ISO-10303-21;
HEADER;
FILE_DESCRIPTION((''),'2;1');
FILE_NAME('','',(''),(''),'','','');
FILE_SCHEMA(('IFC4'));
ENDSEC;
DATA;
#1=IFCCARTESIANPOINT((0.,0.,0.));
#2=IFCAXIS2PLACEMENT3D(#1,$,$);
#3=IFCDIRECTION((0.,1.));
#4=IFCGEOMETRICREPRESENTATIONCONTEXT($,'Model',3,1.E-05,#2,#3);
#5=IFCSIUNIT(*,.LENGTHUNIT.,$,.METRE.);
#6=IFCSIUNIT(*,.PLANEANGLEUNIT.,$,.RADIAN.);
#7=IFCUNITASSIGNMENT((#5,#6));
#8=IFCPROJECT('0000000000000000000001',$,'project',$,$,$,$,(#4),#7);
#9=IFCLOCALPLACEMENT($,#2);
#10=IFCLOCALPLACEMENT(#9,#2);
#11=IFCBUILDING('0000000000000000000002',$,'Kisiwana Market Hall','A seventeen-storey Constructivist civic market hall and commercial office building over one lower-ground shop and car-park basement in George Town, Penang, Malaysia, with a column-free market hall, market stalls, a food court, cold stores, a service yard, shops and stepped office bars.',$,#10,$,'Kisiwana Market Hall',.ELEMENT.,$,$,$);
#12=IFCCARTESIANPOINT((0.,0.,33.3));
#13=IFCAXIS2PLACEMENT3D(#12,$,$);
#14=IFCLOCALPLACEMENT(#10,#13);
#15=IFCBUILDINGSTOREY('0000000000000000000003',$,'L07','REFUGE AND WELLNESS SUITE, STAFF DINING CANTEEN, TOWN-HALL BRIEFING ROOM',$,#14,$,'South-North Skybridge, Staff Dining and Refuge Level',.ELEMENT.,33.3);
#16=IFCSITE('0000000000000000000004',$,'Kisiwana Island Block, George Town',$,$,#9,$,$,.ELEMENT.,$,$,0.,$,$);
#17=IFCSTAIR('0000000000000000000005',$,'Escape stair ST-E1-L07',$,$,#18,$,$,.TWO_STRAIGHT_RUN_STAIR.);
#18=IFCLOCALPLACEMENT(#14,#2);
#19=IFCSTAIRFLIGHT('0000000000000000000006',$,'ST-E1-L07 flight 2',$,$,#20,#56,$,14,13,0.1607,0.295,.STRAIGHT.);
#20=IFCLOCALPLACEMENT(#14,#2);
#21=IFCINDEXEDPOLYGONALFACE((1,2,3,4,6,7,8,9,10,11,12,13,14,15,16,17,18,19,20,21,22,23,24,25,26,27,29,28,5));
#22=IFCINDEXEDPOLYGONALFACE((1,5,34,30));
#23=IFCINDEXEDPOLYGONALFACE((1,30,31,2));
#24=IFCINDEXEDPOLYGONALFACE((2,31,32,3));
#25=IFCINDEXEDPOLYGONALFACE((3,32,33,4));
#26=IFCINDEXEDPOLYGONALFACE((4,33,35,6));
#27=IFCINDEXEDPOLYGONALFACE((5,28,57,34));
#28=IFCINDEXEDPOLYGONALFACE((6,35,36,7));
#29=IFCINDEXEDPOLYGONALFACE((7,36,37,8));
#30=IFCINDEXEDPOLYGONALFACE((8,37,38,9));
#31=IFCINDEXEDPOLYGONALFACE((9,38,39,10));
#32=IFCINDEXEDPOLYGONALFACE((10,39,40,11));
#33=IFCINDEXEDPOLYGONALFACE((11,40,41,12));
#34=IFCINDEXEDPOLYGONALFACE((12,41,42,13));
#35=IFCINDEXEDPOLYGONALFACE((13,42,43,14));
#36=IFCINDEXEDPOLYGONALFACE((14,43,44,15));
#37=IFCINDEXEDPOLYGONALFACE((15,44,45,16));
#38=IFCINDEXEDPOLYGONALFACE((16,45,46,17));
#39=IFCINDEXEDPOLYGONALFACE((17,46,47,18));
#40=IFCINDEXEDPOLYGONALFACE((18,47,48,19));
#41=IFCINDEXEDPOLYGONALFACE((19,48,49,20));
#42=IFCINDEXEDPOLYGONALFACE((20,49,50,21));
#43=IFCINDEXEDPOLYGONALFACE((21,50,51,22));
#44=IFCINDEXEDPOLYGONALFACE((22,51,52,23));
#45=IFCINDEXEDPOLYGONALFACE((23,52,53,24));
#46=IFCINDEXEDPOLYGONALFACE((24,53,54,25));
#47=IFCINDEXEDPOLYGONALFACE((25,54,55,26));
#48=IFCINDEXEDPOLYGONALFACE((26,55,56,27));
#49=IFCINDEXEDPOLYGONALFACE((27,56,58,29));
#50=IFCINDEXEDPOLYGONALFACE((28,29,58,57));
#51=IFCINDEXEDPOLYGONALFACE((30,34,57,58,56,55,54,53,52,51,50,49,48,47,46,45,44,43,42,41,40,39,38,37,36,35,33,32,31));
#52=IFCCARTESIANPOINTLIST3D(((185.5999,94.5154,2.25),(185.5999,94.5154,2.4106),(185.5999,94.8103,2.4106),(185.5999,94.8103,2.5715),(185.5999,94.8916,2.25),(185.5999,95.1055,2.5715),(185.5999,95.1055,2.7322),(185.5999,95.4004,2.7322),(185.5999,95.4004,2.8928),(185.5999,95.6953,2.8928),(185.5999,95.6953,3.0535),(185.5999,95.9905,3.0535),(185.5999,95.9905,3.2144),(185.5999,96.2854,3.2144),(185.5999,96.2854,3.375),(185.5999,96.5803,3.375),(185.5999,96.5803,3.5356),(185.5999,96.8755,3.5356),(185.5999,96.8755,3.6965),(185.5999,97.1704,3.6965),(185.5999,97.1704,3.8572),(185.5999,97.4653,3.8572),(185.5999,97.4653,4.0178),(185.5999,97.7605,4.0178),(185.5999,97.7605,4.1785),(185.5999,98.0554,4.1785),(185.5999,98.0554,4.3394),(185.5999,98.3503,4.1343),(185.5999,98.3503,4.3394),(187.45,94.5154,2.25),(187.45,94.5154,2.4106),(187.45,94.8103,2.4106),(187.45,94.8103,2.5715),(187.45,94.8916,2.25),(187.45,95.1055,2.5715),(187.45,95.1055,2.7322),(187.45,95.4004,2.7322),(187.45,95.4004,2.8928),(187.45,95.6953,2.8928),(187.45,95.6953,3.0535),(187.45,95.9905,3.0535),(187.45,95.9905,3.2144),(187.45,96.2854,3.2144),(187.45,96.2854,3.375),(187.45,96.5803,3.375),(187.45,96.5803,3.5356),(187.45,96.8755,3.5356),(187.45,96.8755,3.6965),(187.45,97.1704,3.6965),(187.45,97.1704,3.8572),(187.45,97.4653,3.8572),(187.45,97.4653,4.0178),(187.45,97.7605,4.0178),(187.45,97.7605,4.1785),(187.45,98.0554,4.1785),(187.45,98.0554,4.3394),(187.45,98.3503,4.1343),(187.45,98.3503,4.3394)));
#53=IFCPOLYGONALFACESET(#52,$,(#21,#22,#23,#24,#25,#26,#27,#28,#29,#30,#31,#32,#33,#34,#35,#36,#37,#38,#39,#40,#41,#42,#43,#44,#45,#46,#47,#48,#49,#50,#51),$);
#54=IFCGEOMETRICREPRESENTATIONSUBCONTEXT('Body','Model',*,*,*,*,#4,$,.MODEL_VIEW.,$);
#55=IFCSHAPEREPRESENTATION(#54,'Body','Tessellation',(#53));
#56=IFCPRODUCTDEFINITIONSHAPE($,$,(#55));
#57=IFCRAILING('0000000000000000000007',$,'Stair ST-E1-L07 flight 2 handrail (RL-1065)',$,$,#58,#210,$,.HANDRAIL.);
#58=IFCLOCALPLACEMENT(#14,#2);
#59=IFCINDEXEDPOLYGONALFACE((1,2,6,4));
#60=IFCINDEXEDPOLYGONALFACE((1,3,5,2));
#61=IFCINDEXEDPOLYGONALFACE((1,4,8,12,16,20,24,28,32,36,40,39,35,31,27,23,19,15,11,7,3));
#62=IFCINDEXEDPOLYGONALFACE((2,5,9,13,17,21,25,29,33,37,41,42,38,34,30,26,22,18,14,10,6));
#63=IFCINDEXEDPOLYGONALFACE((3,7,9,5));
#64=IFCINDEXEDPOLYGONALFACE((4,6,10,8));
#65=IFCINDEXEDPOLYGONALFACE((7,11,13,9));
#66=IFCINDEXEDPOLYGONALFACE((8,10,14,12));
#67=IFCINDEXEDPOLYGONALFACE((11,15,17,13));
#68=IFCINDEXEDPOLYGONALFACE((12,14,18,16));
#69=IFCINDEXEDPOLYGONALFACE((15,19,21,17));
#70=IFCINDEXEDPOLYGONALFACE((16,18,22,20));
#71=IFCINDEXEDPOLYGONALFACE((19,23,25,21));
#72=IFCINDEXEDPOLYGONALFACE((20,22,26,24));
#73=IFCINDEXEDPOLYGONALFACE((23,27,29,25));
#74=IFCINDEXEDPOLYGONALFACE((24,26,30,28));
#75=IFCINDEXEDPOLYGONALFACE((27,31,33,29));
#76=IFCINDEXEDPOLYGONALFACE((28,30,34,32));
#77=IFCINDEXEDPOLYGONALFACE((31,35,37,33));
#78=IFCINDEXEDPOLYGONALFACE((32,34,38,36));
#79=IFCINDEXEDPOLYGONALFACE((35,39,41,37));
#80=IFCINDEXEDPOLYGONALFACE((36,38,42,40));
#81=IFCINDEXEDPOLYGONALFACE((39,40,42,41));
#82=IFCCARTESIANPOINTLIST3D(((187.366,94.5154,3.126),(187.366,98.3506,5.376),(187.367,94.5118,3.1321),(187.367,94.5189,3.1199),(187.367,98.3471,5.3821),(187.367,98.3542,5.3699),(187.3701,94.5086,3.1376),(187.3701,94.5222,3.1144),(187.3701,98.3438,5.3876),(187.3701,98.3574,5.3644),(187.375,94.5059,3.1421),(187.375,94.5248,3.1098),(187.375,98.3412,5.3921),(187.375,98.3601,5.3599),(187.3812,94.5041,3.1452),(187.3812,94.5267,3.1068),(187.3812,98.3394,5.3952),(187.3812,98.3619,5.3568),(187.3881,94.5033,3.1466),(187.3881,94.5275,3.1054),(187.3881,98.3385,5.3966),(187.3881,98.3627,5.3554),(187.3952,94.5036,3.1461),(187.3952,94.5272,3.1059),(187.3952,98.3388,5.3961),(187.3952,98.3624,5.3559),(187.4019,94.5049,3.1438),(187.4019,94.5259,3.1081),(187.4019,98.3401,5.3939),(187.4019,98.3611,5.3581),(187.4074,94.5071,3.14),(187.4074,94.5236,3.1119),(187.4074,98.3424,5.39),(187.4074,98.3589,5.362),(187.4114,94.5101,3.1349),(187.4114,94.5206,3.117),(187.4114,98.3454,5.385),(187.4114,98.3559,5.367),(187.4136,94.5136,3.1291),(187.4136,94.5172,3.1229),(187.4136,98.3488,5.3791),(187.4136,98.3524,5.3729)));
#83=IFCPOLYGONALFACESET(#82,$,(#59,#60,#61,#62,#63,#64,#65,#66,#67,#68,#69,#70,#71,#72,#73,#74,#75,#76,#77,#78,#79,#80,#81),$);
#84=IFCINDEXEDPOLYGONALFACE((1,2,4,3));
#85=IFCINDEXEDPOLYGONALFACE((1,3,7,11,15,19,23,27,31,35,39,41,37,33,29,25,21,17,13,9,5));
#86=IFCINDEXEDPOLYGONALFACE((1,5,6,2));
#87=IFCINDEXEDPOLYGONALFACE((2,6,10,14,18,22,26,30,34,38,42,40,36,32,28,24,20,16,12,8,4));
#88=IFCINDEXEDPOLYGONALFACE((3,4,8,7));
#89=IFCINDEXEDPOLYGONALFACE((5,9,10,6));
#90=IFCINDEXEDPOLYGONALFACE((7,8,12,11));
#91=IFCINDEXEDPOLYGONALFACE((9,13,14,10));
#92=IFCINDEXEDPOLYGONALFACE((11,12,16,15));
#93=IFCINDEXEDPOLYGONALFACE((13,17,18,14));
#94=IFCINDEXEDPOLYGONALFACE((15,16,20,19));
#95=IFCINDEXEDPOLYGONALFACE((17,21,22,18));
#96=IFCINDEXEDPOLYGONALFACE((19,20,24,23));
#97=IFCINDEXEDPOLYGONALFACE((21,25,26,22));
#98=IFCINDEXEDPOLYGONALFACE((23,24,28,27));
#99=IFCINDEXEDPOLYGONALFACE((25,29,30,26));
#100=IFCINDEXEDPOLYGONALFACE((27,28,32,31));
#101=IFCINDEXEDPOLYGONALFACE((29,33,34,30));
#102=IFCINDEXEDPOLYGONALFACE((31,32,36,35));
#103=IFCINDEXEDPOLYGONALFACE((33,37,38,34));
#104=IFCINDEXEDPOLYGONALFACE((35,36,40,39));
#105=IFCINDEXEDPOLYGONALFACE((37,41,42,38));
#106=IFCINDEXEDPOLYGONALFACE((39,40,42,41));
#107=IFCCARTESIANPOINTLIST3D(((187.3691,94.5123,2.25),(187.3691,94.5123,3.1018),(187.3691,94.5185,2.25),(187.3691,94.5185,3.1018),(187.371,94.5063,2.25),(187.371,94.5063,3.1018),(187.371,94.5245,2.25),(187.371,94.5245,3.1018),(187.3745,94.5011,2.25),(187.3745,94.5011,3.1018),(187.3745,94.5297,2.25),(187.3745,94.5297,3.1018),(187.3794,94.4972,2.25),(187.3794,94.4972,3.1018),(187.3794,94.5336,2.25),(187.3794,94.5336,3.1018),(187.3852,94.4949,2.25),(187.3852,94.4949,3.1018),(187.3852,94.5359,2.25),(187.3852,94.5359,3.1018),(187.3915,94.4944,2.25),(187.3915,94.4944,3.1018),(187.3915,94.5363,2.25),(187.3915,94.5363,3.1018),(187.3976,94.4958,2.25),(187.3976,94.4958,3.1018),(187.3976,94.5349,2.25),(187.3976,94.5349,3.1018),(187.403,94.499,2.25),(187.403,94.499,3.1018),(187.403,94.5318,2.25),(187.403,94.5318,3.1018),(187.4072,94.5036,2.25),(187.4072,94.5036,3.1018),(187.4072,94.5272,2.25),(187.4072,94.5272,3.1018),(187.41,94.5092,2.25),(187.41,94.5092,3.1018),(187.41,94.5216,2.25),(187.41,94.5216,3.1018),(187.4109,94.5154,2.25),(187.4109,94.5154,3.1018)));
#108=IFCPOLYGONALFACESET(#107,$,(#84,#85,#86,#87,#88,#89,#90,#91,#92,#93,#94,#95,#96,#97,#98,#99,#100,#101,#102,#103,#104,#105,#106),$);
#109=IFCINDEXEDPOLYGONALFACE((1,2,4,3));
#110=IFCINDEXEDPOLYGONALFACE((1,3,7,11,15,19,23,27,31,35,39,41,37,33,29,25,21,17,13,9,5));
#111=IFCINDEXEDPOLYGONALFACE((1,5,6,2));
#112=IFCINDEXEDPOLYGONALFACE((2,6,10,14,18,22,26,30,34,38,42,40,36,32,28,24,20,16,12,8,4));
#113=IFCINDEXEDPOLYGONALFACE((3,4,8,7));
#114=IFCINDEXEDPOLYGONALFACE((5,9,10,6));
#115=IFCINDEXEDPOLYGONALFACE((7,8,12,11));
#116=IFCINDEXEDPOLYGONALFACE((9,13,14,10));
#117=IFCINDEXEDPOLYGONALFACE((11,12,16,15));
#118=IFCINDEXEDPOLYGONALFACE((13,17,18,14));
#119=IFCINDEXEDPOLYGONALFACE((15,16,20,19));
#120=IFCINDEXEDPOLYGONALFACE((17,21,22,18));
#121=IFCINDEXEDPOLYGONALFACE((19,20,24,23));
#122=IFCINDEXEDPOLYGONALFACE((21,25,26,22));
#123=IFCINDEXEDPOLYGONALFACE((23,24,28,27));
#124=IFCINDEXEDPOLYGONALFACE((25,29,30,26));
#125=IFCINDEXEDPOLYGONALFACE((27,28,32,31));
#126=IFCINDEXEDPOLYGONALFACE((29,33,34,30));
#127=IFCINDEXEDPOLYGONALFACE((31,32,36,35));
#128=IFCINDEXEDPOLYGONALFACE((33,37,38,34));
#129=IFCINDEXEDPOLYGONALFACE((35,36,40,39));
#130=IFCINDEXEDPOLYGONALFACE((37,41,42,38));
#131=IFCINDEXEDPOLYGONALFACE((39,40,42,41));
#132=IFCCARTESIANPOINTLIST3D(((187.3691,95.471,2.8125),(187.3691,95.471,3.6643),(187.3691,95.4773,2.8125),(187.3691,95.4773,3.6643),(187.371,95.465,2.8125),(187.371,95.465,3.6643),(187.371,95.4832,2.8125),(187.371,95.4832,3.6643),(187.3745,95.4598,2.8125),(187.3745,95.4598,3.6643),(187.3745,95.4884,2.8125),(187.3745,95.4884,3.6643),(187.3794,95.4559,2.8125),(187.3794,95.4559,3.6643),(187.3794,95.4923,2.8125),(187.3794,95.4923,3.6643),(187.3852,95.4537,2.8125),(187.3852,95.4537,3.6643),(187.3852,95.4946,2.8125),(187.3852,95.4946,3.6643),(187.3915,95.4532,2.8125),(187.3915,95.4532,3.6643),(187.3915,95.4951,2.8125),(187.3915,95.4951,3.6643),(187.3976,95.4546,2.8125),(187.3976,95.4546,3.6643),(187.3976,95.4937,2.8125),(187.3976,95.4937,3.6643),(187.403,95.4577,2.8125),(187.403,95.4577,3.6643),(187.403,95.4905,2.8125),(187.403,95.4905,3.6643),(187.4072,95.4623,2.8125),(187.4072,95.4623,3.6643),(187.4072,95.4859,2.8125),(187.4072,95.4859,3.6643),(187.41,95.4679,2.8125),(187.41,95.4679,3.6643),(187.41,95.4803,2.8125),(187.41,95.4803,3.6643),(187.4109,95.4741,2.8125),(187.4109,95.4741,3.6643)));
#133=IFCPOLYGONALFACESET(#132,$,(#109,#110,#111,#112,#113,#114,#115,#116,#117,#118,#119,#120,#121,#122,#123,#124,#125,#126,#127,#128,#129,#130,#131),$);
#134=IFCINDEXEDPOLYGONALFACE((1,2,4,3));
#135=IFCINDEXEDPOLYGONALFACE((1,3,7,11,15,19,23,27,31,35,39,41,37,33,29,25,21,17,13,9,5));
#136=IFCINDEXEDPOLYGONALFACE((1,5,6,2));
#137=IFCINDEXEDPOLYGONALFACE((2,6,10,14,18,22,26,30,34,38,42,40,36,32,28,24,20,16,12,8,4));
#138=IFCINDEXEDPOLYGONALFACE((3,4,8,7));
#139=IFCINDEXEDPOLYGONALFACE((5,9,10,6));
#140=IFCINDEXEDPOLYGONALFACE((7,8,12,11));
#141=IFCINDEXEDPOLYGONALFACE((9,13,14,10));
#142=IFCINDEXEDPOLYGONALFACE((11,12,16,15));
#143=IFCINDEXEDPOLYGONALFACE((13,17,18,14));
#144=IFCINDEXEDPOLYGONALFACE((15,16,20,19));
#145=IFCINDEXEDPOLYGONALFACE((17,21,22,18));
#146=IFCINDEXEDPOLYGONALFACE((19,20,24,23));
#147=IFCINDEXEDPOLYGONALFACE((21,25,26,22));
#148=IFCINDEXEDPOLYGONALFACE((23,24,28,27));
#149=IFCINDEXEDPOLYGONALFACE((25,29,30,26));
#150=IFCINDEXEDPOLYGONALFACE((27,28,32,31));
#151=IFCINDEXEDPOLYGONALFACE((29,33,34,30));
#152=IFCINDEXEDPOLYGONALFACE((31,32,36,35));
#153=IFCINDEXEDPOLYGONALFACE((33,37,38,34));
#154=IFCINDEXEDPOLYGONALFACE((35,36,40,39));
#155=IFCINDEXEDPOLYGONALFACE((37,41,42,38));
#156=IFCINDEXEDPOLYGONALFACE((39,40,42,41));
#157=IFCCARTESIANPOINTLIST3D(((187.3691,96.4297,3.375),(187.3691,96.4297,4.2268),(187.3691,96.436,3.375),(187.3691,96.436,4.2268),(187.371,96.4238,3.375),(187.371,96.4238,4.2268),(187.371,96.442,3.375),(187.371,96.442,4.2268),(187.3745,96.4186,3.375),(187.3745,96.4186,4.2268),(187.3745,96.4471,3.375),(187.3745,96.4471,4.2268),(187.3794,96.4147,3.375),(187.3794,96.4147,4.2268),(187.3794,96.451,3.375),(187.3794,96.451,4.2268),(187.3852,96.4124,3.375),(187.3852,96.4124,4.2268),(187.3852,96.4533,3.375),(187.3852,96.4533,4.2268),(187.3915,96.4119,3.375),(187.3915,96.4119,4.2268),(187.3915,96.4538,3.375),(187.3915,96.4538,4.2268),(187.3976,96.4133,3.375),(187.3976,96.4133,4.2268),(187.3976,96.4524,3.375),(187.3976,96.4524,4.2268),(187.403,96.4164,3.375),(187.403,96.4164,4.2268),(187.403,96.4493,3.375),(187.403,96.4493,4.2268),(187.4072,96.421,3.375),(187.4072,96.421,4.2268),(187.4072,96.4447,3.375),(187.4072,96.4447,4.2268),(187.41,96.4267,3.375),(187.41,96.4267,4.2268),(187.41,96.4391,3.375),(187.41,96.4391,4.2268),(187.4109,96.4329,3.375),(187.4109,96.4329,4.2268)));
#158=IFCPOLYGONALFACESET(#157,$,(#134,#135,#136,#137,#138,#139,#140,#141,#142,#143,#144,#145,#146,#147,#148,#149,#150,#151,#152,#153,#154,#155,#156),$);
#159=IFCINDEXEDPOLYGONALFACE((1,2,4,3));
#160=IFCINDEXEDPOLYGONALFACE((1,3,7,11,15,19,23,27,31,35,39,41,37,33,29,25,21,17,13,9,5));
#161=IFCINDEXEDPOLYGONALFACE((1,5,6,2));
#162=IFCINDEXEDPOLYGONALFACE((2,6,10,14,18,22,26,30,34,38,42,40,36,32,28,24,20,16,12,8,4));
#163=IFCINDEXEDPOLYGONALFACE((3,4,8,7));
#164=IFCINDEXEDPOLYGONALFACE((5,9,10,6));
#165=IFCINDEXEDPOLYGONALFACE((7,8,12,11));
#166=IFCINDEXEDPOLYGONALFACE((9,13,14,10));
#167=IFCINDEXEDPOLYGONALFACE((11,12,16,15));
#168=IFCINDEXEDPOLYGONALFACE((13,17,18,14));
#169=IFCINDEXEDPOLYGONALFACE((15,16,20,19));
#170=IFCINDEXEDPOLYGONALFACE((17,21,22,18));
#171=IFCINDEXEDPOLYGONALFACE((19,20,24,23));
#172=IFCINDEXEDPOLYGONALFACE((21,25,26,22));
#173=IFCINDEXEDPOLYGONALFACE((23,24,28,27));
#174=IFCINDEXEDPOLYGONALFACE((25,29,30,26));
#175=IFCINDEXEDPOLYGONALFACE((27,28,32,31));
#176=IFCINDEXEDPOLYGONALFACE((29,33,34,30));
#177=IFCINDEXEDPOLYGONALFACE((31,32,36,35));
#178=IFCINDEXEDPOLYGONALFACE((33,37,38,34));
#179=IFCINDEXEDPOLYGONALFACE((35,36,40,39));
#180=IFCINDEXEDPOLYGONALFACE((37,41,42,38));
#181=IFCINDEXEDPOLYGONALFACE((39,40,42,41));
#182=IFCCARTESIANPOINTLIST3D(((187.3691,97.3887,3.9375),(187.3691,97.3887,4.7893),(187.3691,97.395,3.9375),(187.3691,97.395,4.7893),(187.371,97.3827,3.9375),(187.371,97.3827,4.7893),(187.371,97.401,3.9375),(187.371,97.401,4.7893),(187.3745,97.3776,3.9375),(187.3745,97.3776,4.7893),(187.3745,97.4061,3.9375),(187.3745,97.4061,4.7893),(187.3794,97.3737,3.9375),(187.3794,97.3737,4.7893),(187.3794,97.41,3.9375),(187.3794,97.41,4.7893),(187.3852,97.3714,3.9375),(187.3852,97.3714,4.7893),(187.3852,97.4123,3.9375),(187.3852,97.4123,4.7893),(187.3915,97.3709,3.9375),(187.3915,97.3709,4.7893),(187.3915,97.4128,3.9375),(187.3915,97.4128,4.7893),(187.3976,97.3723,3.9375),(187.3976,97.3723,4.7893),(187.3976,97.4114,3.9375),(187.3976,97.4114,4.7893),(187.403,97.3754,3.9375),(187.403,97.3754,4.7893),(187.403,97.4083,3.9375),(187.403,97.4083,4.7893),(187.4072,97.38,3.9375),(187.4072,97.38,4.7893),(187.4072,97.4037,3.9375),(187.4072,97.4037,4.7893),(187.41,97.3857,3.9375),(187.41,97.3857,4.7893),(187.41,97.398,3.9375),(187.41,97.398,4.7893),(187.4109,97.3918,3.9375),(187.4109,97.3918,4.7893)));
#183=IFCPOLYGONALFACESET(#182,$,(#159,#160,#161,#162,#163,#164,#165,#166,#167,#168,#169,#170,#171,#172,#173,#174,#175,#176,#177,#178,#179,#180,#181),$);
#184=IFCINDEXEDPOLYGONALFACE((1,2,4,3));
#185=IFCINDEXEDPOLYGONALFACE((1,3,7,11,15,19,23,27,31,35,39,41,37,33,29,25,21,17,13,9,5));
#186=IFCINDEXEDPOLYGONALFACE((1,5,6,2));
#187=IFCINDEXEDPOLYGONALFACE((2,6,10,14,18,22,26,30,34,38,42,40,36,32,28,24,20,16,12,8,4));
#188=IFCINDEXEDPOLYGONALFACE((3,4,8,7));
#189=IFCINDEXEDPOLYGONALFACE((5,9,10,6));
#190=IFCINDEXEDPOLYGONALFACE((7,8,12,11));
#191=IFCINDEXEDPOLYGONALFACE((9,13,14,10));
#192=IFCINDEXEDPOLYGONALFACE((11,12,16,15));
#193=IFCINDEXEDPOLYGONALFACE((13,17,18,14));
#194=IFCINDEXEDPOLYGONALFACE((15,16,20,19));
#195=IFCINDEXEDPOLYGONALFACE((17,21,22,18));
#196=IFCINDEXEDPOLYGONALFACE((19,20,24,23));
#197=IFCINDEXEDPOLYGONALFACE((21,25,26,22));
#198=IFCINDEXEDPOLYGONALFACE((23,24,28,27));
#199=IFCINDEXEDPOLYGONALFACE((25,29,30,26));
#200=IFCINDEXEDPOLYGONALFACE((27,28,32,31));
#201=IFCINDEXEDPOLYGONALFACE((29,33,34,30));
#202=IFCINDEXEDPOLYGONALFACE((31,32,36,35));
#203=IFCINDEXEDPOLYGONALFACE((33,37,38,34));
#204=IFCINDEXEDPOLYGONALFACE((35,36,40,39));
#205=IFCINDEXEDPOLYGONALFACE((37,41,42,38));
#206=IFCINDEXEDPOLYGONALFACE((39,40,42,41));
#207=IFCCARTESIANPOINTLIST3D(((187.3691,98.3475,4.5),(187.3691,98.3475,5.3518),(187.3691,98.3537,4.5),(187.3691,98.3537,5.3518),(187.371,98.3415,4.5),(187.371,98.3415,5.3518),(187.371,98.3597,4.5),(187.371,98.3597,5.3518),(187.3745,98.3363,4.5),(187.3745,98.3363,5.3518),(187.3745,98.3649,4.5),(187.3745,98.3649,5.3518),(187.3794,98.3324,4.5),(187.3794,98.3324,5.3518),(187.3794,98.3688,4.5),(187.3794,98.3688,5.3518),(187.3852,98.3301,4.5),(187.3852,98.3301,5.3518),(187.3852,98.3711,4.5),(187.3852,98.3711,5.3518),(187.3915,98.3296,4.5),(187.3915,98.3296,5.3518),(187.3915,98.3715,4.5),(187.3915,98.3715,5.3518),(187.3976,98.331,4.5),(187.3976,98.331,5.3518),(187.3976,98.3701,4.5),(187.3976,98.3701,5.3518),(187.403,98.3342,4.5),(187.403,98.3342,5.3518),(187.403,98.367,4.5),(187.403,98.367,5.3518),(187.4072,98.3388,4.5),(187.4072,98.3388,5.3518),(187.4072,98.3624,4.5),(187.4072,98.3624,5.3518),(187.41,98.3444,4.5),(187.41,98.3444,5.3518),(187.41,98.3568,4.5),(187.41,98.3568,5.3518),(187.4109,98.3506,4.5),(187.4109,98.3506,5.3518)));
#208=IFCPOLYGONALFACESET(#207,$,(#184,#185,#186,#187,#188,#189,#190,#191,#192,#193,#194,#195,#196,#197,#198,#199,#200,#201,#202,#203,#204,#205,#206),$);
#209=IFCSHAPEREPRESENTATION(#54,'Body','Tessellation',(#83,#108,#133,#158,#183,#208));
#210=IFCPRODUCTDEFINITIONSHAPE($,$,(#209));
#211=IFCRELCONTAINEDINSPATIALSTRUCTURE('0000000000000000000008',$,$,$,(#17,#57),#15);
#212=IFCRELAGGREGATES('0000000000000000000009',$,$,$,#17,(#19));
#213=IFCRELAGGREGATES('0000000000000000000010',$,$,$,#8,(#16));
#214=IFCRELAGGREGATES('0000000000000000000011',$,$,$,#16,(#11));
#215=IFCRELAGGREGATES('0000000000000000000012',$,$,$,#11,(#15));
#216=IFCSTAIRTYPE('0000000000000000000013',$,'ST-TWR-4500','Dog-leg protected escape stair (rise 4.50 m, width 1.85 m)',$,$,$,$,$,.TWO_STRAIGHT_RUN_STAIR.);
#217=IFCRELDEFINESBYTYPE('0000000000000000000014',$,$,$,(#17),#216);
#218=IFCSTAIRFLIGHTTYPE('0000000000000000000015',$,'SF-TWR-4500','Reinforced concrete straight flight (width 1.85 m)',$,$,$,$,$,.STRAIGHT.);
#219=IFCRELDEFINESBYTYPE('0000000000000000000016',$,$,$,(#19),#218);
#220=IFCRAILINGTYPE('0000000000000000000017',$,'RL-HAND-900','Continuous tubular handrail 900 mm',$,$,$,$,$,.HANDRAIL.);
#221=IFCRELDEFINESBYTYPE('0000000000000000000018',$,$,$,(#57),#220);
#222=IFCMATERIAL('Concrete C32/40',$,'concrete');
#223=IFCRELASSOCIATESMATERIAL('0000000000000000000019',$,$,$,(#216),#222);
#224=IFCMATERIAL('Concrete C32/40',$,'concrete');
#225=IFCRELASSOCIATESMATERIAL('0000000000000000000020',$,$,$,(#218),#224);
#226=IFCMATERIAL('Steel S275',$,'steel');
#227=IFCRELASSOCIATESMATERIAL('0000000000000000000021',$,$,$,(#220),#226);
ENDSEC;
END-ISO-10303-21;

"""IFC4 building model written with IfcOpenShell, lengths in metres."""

from ifc_helpers import new_model, si_unit, direction, frame, origin, origin_2d, place, context, subcontext, project, spatial, polyline, circle, outline, extrude, material, type_object, element, aggregate, save


model = new_model("IFC4")

# Units and contexts
model_context = context("Model", 3, precision=1e-05, world=origin(), true_north=direction((0.0, 1.0)))
body_context = subcontext(model_context, "Body", "Model", "MODEL_VIEW")
ifc_project = project(units=[si_unit("LENGTHUNIT", "METRE"), si_unit("PLANEANGLEUNIT", "RADIAN")], contexts=[model_context])

# Site, building, storey
site_placement = place(None, origin())
site = spatial("IfcSite", under=ifc_project, at=site_placement, Name="Kisiwana Island Block, George Town", CompositionType="ELEMENT", RefElevation=0.0)
building_placement = place(site_placement, origin())
building = spatial("IfcBuilding", under=site, at=building_placement, Name="Kisiwana Market Hall", Description="A seventeen-storey Constructivist civic market hall and commercial office building over one lower-ground shop and car-park basement in George Town, Penang, Malaysia, with a column-free market hall, market stalls, a food court, cold stores, a service yard, shops and stepped office bars.", LongName="Kisiwana Market Hall", CompositionType="ELEMENT")
storey_placement = place(building_placement, frame((0.0, 0.0, 33.3)))
storey = spatial("IfcBuildingStorey", under=building, at=storey_placement, Name="L07", Description="REFUGE AND WELLNESS SUITE, STAFF DINING CANTEEN, TOWN-HALL BRIEFING ROOM", LongName="South-North Skybridge, Staff Dining and Refuge Level", CompositionType="ELEMENT", Elevation=33.3)

# Stair, stair flight
ifc_material_1 = material(Name="Concrete C32/40", Category="concrete")
stair_type = type_object("IfcStairType", Name="ST-TWR-4500", Description="Dog-leg protected escape stair (rise 4.50 m, width 1.85 m)", PredefinedType="TWO_STRAIGHT_RUN_STAIR", material=ifc_material_1)
stair_placement = place(storey_placement, origin())
stair = element("IfcStair", 1, at=stair_placement, inside=storey, type_object=stair_type, Name="Escape stair ST-E1-L07", PredefinedType="TWO_STRAIGHT_RUN_STAIR")
ifc_material_2 = material(Name="Concrete C32/40", Category="concrete")
stair_flight_type = type_object("IfcStairFlightType", Name="SF-TWR-4500", Description="Reinforced concrete straight flight (width 1.85 m)", PredefinedType="STRAIGHT", material=ifc_material_2)
stair_flight_placement = place(storey_placement, frame((186.5249, 94.5154, 2.25), z_axis=(0.0, 0.0, 1.0), x_axis=(0.0, 1.0, 0.0)))
stair_flight = element("IfcStairFlight", 2, at=stair_flight_placement, type_object=stair_flight_type, Name="ST-E1-L07 flight 2", NumberOfRisers=14, NumberOfTreads=13, PredefinedType="STRAIGHT", RiserHeight=0.1607, TreadLength=0.295, context=body_context, shape_type="SweptSolid", body=[
    extrude(outline(polyline([(0.0, 0.0), (0.0, 0.1606), (0.2949, 0.1606), (0.2949, 0.3215), (0.5901, 0.3215), (0.5901, 0.4822), (0.885, 0.4822), (0.885, 0.6428), (1.1799, 0.6428), (1.1799, 0.8035), (1.4751, 0.8035), (1.4751, 0.9644), (1.77, 0.9644), (1.77, 1.125), (2.0649, 1.125), (2.0649, 1.2856), (2.3601, 1.2856), (2.3601, 1.4465), (2.655, 1.4465), (2.655, 1.6072), (2.95, 1.6072), (2.95, 1.7678), (3.2451, 1.7678), (3.2451, 1.9285), (3.54, 1.9285), (3.54, 2.0894), (3.835, 2.0894), (3.835, 2.25), (3.835, 1.8843), (0.3762, 0.0), (0.0, 0.0)])), frame((0.0, 0.925, 0.0), z_axis=(0.0, -1.0, 0.0), x_axis=(1.0, 0.0, 0.0)), (0.0, 0.0, 1.0), 1.8501),
])
aggregate(stair, [stair_flight])

# Railing
ifc_material_3 = material(Name="Steel S275", Category="steel")
railing_type = type_object("IfcRailingType", Name="RL-HAND-900", Description="Continuous tubular handrail 900 mm", PredefinedType="HANDRAIL", material=ifc_material_3)
railing_placement = place(storey_placement, frame((187.3899, 94.5154, 2.25)))
element("IfcRailing", 3, at=railing_placement, inside=storey, type_object=railing_type, Name="Stair ST-E1-L07 flight 2 handrail (RL-1065)", PredefinedType="HANDRAIL", context=body_context, shape_type="SweptSolid", body=[
    extrude(circle(Radius=0.0239, at=origin_2d()), frame((0.0, 0.0, 0.876), z_axis=(0.0, 0.862524, 0.506017), x_axis=(-1.0, 0.0, 0.0)), (0.0, 0.0, 1.0), 4.4465),
    extrude(circle(Radius=0.021, at=origin_2d()), origin(), (0.0, 0.0, 1.0), 0.8518),
    extrude(circle(Radius=0.021, at=origin_2d()), frame((0.0, 0.9587, 0.5625)), (0.0, 0.0, 1.0), 0.8518),
    extrude(circle(Radius=0.021, at=origin_2d()), frame((0.0, 1.9175, 1.125)), (0.0, 0.0, 1.0), 0.8518),
    extrude(circle(Radius=0.021, at=origin_2d()), frame((0.0, 2.8765, 1.6875)), (0.0, 0.0, 1.0), 0.8518),
    extrude(circle(Radius=0.021, at=origin_2d()), frame((0.0, 3.8352, 2.25)), (0.0, 0.0, 1.0), 0.8518),
])

save(model, "model.ifc")
